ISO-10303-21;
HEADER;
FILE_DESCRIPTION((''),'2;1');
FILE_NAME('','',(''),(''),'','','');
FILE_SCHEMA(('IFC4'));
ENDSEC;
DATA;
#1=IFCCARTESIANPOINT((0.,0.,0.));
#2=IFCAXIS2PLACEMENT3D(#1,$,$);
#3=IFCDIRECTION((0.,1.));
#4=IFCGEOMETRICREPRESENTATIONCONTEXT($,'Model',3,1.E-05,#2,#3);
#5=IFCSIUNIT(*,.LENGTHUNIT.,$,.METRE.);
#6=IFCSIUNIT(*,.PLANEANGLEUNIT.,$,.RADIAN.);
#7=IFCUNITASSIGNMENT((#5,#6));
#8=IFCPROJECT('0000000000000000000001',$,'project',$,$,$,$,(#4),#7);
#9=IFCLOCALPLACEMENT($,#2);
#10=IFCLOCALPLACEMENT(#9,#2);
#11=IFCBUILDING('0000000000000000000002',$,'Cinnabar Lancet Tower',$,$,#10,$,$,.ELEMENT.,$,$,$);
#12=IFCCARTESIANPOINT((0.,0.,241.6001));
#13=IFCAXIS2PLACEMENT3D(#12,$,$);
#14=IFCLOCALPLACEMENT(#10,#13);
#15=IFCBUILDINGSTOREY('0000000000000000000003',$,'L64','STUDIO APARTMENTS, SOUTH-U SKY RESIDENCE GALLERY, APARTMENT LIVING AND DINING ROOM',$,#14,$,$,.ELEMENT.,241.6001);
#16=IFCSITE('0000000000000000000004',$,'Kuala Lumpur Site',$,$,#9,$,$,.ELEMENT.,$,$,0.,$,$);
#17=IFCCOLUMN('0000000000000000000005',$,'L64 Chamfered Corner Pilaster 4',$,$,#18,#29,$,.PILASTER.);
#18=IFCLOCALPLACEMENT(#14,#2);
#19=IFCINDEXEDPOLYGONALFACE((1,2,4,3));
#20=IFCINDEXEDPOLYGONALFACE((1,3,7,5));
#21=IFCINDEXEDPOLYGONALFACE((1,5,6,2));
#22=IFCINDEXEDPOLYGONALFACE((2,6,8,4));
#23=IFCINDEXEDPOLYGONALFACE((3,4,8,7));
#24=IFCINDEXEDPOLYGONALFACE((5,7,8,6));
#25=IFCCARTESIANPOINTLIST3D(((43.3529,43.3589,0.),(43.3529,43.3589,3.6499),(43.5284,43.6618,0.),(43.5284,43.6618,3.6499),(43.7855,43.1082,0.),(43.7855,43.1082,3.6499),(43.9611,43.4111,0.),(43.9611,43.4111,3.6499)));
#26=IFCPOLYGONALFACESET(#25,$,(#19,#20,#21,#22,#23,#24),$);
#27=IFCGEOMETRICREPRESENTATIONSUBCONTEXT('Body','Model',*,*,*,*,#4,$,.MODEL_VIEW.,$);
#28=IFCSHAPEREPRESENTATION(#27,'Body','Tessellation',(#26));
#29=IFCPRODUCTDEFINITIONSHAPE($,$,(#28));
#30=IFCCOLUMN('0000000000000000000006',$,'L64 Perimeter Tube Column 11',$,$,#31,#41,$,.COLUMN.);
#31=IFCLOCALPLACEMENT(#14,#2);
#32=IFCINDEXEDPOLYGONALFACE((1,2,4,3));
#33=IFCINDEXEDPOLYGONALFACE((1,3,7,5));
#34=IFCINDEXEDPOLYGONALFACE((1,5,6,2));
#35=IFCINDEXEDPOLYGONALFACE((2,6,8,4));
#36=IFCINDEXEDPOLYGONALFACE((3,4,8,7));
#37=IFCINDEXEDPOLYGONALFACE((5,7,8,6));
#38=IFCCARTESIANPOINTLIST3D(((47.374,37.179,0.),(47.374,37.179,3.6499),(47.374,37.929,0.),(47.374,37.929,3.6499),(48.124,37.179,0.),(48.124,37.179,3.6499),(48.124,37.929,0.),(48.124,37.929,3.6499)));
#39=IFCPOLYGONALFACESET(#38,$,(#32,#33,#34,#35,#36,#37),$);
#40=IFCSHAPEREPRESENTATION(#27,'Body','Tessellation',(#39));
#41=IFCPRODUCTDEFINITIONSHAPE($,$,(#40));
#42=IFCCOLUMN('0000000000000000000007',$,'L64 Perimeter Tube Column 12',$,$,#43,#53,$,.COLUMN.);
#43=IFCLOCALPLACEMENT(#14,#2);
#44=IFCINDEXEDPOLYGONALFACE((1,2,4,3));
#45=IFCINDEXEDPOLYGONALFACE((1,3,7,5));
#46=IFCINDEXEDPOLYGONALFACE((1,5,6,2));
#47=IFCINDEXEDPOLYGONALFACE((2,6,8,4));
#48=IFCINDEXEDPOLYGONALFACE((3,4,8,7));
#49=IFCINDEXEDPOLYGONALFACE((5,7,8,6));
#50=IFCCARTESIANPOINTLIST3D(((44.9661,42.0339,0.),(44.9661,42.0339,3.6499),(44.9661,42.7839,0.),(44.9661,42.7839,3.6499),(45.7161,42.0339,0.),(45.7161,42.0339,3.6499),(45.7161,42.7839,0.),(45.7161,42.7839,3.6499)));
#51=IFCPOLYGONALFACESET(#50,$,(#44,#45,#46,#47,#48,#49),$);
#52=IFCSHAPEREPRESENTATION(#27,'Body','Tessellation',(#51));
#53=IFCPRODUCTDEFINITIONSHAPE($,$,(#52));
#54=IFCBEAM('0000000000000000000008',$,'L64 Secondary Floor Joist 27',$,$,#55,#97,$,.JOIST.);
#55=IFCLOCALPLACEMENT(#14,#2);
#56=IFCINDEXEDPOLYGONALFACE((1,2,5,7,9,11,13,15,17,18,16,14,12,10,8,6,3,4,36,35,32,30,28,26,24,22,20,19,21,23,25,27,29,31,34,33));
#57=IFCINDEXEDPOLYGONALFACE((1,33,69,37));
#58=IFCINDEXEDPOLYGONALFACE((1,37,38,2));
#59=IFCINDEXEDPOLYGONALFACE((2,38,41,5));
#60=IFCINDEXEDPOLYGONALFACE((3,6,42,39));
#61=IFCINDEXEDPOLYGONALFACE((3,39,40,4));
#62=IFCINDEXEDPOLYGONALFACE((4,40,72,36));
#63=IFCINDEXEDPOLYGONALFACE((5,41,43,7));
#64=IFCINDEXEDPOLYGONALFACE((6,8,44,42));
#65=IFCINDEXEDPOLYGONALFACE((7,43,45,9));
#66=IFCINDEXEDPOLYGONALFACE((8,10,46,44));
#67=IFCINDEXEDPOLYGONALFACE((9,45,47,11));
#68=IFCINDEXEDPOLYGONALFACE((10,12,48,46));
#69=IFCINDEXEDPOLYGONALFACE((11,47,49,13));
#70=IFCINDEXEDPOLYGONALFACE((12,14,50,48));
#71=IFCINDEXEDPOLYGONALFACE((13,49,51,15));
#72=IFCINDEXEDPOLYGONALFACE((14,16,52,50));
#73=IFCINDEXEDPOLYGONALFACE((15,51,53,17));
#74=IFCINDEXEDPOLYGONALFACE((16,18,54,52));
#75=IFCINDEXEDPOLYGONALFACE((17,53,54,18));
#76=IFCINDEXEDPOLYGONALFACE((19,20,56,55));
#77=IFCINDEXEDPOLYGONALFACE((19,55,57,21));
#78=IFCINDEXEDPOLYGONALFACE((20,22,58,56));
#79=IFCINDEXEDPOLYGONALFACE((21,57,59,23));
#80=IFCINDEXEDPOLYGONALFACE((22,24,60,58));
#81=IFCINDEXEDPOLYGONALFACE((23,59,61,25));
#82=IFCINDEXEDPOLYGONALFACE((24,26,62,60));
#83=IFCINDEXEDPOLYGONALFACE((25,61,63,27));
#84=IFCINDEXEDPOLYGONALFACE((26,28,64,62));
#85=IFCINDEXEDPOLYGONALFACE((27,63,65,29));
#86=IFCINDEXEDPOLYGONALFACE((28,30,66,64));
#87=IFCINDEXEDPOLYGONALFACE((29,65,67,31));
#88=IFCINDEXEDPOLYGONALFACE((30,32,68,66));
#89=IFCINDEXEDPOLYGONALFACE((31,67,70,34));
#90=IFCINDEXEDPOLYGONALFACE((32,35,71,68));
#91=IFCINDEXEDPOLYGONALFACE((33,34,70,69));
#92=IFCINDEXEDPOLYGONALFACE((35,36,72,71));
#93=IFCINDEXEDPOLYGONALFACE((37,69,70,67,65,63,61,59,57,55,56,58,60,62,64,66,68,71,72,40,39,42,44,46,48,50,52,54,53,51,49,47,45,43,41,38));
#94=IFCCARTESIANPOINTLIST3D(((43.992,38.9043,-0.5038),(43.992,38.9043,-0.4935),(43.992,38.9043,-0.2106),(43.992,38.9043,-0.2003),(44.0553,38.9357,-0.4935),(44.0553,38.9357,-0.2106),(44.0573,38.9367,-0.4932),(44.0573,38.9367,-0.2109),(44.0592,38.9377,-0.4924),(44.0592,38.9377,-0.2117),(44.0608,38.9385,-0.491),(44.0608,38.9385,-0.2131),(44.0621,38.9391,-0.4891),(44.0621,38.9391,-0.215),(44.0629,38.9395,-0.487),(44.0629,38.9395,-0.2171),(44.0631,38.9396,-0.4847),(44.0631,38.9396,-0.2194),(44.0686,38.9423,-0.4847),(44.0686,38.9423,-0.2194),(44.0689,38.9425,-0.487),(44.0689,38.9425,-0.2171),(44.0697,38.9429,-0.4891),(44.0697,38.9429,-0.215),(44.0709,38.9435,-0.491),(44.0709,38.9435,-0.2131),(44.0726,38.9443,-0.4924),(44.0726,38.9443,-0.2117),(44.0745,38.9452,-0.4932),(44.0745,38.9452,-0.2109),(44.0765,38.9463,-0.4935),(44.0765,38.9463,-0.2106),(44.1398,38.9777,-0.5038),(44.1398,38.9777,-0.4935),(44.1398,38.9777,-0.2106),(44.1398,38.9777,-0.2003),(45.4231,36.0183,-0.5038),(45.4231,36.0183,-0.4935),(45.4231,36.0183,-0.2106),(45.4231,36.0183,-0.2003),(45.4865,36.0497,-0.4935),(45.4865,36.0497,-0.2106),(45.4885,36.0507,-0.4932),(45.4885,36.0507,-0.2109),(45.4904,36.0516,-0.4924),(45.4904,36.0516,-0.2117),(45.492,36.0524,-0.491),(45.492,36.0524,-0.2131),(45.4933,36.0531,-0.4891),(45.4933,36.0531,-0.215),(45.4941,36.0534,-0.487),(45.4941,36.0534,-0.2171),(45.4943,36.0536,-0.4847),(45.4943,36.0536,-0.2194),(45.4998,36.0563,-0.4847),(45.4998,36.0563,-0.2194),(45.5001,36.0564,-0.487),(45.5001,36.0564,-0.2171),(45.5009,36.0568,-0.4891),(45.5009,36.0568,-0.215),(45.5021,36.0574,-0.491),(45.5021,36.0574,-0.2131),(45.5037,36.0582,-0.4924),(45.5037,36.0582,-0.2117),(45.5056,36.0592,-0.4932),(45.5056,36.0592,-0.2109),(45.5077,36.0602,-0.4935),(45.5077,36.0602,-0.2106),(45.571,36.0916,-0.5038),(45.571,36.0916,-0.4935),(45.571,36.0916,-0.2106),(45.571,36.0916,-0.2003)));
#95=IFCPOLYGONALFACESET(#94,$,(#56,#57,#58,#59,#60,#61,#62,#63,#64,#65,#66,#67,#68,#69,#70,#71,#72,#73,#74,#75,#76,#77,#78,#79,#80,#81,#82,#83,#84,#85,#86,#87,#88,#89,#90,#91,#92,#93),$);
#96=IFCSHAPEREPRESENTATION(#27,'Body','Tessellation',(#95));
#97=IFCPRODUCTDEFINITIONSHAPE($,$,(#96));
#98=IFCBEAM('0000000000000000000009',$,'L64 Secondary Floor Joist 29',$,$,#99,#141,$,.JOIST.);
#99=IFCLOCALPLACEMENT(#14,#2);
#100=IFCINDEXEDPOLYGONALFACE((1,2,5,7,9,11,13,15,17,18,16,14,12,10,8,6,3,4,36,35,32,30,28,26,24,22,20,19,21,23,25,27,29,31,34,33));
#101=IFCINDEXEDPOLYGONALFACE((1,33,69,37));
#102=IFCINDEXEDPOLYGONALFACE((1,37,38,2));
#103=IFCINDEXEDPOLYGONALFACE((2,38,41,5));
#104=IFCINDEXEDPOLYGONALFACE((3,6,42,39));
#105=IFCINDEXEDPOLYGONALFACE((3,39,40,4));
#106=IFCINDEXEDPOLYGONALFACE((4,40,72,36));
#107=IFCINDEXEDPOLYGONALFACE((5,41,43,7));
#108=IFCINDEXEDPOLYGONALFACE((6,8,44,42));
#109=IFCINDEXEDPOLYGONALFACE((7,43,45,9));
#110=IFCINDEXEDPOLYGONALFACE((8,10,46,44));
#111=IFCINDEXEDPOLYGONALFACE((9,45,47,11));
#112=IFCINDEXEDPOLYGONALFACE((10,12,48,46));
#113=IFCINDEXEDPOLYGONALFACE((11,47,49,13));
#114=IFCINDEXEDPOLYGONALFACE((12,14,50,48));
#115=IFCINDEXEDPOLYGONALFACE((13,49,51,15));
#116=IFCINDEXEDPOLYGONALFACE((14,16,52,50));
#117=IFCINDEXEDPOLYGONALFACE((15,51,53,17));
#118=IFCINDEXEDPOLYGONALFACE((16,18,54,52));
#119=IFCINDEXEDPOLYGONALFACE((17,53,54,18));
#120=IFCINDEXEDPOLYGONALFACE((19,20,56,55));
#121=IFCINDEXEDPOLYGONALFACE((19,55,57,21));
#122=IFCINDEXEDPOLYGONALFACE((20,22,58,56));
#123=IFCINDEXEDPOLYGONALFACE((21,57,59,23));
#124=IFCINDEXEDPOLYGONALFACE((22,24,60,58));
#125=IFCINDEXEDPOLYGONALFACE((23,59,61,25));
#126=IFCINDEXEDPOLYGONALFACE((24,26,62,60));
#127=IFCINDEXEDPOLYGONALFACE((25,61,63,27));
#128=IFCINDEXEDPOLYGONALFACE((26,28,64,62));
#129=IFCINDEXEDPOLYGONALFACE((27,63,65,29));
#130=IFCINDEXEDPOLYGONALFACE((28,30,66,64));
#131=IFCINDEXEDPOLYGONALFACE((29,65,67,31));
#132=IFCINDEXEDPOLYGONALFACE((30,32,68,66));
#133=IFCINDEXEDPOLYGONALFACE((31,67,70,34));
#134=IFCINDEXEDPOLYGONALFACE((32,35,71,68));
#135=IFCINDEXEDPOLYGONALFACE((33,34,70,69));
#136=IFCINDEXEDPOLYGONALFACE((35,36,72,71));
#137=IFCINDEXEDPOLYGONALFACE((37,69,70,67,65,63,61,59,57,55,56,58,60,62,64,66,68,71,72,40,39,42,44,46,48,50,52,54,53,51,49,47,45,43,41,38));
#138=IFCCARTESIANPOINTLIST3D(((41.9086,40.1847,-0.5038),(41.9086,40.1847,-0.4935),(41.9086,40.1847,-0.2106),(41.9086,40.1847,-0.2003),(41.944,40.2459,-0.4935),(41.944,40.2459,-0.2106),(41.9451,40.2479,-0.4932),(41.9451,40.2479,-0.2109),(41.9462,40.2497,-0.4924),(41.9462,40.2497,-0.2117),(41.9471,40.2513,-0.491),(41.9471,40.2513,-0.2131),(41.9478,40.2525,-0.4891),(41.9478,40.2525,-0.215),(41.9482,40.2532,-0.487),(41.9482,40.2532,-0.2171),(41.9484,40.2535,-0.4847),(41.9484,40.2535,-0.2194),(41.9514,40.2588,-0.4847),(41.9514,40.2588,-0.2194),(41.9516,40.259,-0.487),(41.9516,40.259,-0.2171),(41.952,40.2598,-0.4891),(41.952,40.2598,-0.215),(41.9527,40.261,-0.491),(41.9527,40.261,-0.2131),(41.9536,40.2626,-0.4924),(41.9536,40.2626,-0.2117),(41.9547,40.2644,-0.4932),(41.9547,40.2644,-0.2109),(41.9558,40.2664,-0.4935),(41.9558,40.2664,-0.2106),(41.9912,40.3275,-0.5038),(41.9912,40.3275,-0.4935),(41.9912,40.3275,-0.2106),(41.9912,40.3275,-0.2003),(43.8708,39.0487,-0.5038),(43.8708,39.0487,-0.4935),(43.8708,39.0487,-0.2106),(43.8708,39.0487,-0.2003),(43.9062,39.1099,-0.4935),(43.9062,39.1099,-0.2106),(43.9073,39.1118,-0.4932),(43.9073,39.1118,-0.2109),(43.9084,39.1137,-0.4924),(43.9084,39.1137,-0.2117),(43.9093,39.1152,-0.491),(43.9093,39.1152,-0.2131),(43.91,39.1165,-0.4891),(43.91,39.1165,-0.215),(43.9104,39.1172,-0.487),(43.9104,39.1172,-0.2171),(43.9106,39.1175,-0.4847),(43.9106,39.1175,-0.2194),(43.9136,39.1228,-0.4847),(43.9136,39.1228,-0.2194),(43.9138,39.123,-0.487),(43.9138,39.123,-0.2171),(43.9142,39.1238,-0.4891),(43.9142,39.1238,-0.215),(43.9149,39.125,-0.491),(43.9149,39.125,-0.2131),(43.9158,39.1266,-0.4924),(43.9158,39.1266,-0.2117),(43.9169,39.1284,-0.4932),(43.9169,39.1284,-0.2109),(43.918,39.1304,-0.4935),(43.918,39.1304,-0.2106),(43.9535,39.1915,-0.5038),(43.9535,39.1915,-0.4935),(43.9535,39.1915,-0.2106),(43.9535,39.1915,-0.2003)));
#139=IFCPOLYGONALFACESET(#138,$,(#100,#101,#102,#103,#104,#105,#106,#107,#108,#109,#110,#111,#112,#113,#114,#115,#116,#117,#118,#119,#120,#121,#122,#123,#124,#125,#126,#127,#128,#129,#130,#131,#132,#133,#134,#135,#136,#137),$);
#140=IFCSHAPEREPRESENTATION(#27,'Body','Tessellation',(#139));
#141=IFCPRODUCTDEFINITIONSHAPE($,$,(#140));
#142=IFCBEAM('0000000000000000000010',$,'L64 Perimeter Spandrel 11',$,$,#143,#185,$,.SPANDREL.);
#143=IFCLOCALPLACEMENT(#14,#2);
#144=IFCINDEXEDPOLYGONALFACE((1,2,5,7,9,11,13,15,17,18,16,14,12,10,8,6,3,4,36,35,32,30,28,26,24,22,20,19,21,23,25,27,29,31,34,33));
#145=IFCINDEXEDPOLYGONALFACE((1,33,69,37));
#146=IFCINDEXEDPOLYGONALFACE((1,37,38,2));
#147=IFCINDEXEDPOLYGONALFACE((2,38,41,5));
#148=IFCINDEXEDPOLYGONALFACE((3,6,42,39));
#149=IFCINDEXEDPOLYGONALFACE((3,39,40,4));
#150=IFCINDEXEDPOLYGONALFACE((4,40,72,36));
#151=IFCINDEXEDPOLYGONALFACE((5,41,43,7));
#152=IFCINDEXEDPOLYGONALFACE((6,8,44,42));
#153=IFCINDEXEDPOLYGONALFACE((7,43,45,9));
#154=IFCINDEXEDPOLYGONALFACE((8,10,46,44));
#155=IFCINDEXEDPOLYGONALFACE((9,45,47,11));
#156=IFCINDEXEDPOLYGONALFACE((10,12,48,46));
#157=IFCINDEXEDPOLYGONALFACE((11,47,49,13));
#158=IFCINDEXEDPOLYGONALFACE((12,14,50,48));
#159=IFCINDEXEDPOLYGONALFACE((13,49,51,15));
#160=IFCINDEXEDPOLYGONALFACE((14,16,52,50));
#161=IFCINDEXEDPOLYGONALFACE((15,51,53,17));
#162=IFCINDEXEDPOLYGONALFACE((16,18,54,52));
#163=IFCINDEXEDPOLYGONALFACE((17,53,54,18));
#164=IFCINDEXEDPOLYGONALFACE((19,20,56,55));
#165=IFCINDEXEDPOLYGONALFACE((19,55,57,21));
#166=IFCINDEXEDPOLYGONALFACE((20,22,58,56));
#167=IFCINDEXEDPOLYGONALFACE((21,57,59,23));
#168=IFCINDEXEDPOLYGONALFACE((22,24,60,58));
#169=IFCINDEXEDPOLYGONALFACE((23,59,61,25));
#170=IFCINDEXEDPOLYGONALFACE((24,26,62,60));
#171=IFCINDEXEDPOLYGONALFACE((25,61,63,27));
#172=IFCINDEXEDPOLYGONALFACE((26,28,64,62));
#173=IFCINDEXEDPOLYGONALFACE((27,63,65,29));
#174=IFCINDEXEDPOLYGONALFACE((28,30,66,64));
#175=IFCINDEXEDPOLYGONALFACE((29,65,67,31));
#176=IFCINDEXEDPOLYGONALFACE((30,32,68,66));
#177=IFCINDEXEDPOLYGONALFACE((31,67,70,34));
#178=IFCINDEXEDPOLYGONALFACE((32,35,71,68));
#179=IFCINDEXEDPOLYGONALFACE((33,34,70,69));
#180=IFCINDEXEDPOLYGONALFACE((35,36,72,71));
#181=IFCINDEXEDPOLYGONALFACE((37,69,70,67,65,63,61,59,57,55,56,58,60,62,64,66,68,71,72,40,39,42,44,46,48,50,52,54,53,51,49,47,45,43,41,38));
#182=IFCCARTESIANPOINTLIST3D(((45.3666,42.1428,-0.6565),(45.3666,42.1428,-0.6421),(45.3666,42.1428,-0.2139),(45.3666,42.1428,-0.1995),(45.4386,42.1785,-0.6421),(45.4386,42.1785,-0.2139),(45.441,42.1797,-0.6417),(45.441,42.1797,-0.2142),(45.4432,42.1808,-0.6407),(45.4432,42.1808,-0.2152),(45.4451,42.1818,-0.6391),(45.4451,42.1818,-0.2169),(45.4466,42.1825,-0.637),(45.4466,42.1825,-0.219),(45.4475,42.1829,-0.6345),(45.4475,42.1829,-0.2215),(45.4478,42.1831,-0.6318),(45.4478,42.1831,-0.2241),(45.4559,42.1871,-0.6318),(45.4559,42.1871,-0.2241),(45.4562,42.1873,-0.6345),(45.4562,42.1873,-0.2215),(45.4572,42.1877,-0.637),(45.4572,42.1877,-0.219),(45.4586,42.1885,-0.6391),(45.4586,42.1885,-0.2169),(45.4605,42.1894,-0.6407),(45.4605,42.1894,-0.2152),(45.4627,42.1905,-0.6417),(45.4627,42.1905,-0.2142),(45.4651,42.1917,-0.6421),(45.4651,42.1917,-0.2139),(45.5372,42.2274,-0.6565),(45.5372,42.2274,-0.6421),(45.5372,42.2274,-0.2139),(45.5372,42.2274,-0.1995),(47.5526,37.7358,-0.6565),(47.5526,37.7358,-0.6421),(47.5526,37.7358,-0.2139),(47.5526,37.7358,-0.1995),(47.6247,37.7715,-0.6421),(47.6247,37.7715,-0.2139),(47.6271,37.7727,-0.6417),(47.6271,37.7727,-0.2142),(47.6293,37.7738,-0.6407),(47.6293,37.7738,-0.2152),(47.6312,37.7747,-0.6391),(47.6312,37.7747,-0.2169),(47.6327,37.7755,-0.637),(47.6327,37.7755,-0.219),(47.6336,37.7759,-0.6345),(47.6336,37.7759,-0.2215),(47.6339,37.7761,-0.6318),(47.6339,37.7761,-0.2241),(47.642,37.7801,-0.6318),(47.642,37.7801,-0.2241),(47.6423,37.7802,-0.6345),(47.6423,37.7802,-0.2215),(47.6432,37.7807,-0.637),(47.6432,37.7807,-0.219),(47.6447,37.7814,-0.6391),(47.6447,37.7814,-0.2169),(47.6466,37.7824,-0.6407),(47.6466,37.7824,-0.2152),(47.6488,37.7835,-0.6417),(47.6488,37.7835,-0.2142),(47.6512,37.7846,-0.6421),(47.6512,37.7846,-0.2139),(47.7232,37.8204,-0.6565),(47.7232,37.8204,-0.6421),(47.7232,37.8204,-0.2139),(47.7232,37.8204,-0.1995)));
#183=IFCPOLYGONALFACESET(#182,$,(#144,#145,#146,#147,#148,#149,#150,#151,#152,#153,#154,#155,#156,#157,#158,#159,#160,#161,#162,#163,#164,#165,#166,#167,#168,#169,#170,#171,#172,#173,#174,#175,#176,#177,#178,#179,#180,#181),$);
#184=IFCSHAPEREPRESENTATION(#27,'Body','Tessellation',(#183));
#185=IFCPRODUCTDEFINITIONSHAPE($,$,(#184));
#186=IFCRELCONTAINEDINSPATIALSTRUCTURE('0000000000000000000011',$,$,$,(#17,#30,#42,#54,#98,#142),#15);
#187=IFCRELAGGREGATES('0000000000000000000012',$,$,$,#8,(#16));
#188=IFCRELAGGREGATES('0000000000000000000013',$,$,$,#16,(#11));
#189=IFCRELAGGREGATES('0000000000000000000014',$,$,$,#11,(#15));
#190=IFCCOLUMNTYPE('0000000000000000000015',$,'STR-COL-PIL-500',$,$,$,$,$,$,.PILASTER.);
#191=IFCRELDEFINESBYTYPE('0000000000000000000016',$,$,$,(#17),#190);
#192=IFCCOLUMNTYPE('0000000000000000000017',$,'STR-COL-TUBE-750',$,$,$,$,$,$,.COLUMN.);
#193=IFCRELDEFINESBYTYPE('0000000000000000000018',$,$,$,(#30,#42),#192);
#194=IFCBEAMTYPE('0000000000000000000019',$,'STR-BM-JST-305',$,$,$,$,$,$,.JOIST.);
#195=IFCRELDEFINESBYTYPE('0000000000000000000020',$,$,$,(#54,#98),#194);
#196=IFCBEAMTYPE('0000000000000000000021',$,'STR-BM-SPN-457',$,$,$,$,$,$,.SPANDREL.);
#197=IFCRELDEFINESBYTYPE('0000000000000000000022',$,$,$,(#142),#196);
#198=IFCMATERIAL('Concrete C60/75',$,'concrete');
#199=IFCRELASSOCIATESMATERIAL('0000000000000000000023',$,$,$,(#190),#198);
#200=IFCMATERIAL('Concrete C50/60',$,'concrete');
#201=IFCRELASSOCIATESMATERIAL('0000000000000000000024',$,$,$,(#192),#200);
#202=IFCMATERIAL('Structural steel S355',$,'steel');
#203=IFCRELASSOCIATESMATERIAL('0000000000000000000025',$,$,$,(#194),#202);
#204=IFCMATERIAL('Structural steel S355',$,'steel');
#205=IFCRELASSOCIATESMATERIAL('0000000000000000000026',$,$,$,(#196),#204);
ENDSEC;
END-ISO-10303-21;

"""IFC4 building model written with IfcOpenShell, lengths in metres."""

from ifc_helpers import new_model, si_unit, direction, frame, origin, origin_2d, place, context, subcontext, project, spatial, rectangle, i_section, extrude, material, material_profile, profile_set, type_object, element, save


model = new_model("IFC4")

# Units and contexts
model_context = context("Model", 3, precision=1e-05, world=origin(), true_north=direction((0.0, 1.0)))
body_context = subcontext(model_context, "Body", "Model", "MODEL_VIEW")
ifc_project = project(units=[si_unit("LENGTHUNIT", "METRE"), si_unit("PLANEANGLEUNIT", "RADIAN")], contexts=[model_context])

# Site, building, storey
site_placement = place(None, origin())
site = spatial("IfcSite", under=ifc_project, at=site_placement, Name="Kuala Lumpur Site", CompositionType="ELEMENT", RefElevation=0.0)
building_placement = place(site_placement, origin())
building = spatial("IfcBuilding", under=site, at=building_placement, Name="Cinnabar Lancet Tower", CompositionType="ELEMENT")
storey_placement = place(building_placement, frame((0.0, 0.0, 241.6001)))
storey = spatial("IfcBuildingStorey", under=building, at=storey_placement, Name="L64", Description="STUDIO APARTMENTS, SOUTH-U SKY RESIDENCE GALLERY, APARTMENT LIVING AND DINING ROOM", CompositionType="ELEMENT", Elevation=241.6001)

# Columns
ifc_material_1 = material(Name="Concrete C60/75", Category="concrete")
ifc_material_profile_1 = material_profile(ifc_material_1, rectangle(XDim=0.5, YDim=0.3501, at=origin_2d()), Name="RC-PIL 500x350")
ifc_profile_set_1 = profile_set([ifc_material_profile_1], Name="Concrete C60/75")
column_type_1 = type_object("IfcColumnType", Name="STR-COL-PIL-500", PredefinedType="PILASTER", material=ifc_profile_set_1)
column_placement = place(storey_placement, frame((43.657, 43.385, 0.0), z_axis=(0.0, 0.0, 1.0), x_axis=(-0.865256, 0.50133, 0.0)))
element("IfcColumn", 1, at=column_placement, inside=storey, type_object=column_type_1, Name="L64 Chamfered Corner Pilaster 4", PredefinedType="PILASTER", context=body_context, shape_type="SweptSolid", body=[
    extrude(rectangle(XDim=0.5, YDim=0.3501, at=origin_2d()), origin(), (0.0, 0.0, 1.0), 3.6499),
])
ifc_material_2 = material(Name="Concrete C50/60", Category="concrete")
ifc_material_profile_2 = material_profile(ifc_material_2, rectangle(XDim=0.75, YDim=0.75, at=origin_2d()), Name="RC-COL 750x750")
ifc_profile_set_2 = profile_set([ifc_material_profile_2], Name="Concrete C50/60")
column_type_2 = type_object("IfcColumnType", Name="STR-COL-TUBE-750", PredefinedType="COLUMN", material=ifc_profile_set_2)
for number, where, z_axis, x_axis, name in (
    (2, (47.749, 37.554, 0.0), (0.0, 0.0, 1.0), (1.0, 0.0, 0.0), "L64 Perimeter Tube Column 11"),
    (3, (45.3411, 42.4089, 0.0), (0.0, 0.0, 1.0), (1.0, 0.0, 0.0), "L64 Perimeter Tube Column 12"),
):
    element("IfcColumn", number, at=place(storey_placement, frame(where, z_axis=z_axis, x_axis=x_axis)), inside=storey, type_object=column_type_2, Name=name, PredefinedType="COLUMN", context=body_context, shape_type="SweptSolid", body=[
        extrude(rectangle(XDim=0.75, YDim=0.75, at=origin_2d()), origin(), (0.0, 0.0, 1.0), 3.6499),
    ])

# Beams
ifc_material_3 = material(Name="Structural steel S355", Category="steel")
ifc_material_profile_3 = material_profile(ifc_material_3, i_section(OverallWidth=0.165, OverallDepth=0.3035, WebThickness=0.0061, FlangeThickness=0.0103, FilletRadius=0.0088, at=origin_2d()), Name="UKB 305x165x40")
ifc_profile_set_3 = profile_set([ifc_material_profile_3], Name="Structural steel S355")
beam_type_1 = type_object("IfcBeamType", Name="STR-BM-JST-305", PredefinedType="JOIST", material=ifc_profile_set_3)
beam_1_placement = place(storey_placement, frame((45.4971, 36.0549, -0.3521), z_axis=(-0.444271, 0.895893, 0.0), x_axis=(-0.895893, -0.444271, 0.0)))
element("IfcBeam", 4, at=beam_1_placement, inside=storey, type_object=beam_type_1, Name="L64 Secondary Floor Joist 27", PredefinedType="JOIST", context=body_context, shape_type="SweptSolid", body=[
    extrude(i_section(OverallWidth=0.165, OverallDepth=0.3035, WebThickness=0.0061, FlangeThickness=0.0103, FilletRadius=0.0088, at=origin_2d()), origin(), (0.0, 0.0, 1.0), 3.2214),
])
beam_2_placement = place(storey_placement, frame((43.9121, 39.1201, -0.3521), z_axis=(-0.865426, 0.501036, 0.0), x_axis=(-0.501036, -0.865426, 0.0)))
element("IfcBeam", 5, at=beam_2_placement, inside=storey, type_object=beam_type_1, Name="L64 Secondary Floor Joist 29", PredefinedType="JOIST", context=body_context, shape_type="SweptSolid", body=[
    extrude(i_section(OverallWidth=0.165, OverallDepth=0.3035, WebThickness=0.0061, FlangeThickness=0.0103, FilletRadius=0.0088, at=origin_2d()), origin(), (0.0, 0.0, 1.0), 2.2673),
])
ifc_material_4 = material(Name="Structural steel S355", Category="steel")
ifc_material_profile_4 = material_profile(ifc_material_4, i_section(OverallWidth=0.1904, OverallDepth=0.457, WebThickness=0.009, FlangeThickness=0.0144, FilletRadius=0.0103, at=origin_2d()), Name="UKB 457x191x74")
ifc_profile_set_4 = profile_set([ifc_material_profile_4], Name="Structural steel S355")
beam_type_2 = type_object("IfcBeamType", Name="STR-BM-SPN-457", PredefinedType="SPANDREL", material=ifc_profile_set_4)
beam_3_placement = place(storey_placement, frame((47.6379, 37.7781, -0.428), z_axis=(-0.444373, 0.895842, 0.0), x_axis=(-0.895842, -0.444373, 0.0)))
element("IfcBeam", 6, at=beam_3_placement, inside=storey, type_object=beam_type_2, Name="L64 Perimeter Spandrel 11", PredefinedType="SPANDREL", context=body_context, shape_type="SweptSolid", body=[
    extrude(i_section(OverallWidth=0.1904, OverallDepth=0.457, WebThickness=0.009, FlangeThickness=0.0144, FilletRadius=0.0103, at=origin_2d()), origin(), (0.0, 0.0, 1.0), 4.9194),
])

save(model, "model.ifc")
